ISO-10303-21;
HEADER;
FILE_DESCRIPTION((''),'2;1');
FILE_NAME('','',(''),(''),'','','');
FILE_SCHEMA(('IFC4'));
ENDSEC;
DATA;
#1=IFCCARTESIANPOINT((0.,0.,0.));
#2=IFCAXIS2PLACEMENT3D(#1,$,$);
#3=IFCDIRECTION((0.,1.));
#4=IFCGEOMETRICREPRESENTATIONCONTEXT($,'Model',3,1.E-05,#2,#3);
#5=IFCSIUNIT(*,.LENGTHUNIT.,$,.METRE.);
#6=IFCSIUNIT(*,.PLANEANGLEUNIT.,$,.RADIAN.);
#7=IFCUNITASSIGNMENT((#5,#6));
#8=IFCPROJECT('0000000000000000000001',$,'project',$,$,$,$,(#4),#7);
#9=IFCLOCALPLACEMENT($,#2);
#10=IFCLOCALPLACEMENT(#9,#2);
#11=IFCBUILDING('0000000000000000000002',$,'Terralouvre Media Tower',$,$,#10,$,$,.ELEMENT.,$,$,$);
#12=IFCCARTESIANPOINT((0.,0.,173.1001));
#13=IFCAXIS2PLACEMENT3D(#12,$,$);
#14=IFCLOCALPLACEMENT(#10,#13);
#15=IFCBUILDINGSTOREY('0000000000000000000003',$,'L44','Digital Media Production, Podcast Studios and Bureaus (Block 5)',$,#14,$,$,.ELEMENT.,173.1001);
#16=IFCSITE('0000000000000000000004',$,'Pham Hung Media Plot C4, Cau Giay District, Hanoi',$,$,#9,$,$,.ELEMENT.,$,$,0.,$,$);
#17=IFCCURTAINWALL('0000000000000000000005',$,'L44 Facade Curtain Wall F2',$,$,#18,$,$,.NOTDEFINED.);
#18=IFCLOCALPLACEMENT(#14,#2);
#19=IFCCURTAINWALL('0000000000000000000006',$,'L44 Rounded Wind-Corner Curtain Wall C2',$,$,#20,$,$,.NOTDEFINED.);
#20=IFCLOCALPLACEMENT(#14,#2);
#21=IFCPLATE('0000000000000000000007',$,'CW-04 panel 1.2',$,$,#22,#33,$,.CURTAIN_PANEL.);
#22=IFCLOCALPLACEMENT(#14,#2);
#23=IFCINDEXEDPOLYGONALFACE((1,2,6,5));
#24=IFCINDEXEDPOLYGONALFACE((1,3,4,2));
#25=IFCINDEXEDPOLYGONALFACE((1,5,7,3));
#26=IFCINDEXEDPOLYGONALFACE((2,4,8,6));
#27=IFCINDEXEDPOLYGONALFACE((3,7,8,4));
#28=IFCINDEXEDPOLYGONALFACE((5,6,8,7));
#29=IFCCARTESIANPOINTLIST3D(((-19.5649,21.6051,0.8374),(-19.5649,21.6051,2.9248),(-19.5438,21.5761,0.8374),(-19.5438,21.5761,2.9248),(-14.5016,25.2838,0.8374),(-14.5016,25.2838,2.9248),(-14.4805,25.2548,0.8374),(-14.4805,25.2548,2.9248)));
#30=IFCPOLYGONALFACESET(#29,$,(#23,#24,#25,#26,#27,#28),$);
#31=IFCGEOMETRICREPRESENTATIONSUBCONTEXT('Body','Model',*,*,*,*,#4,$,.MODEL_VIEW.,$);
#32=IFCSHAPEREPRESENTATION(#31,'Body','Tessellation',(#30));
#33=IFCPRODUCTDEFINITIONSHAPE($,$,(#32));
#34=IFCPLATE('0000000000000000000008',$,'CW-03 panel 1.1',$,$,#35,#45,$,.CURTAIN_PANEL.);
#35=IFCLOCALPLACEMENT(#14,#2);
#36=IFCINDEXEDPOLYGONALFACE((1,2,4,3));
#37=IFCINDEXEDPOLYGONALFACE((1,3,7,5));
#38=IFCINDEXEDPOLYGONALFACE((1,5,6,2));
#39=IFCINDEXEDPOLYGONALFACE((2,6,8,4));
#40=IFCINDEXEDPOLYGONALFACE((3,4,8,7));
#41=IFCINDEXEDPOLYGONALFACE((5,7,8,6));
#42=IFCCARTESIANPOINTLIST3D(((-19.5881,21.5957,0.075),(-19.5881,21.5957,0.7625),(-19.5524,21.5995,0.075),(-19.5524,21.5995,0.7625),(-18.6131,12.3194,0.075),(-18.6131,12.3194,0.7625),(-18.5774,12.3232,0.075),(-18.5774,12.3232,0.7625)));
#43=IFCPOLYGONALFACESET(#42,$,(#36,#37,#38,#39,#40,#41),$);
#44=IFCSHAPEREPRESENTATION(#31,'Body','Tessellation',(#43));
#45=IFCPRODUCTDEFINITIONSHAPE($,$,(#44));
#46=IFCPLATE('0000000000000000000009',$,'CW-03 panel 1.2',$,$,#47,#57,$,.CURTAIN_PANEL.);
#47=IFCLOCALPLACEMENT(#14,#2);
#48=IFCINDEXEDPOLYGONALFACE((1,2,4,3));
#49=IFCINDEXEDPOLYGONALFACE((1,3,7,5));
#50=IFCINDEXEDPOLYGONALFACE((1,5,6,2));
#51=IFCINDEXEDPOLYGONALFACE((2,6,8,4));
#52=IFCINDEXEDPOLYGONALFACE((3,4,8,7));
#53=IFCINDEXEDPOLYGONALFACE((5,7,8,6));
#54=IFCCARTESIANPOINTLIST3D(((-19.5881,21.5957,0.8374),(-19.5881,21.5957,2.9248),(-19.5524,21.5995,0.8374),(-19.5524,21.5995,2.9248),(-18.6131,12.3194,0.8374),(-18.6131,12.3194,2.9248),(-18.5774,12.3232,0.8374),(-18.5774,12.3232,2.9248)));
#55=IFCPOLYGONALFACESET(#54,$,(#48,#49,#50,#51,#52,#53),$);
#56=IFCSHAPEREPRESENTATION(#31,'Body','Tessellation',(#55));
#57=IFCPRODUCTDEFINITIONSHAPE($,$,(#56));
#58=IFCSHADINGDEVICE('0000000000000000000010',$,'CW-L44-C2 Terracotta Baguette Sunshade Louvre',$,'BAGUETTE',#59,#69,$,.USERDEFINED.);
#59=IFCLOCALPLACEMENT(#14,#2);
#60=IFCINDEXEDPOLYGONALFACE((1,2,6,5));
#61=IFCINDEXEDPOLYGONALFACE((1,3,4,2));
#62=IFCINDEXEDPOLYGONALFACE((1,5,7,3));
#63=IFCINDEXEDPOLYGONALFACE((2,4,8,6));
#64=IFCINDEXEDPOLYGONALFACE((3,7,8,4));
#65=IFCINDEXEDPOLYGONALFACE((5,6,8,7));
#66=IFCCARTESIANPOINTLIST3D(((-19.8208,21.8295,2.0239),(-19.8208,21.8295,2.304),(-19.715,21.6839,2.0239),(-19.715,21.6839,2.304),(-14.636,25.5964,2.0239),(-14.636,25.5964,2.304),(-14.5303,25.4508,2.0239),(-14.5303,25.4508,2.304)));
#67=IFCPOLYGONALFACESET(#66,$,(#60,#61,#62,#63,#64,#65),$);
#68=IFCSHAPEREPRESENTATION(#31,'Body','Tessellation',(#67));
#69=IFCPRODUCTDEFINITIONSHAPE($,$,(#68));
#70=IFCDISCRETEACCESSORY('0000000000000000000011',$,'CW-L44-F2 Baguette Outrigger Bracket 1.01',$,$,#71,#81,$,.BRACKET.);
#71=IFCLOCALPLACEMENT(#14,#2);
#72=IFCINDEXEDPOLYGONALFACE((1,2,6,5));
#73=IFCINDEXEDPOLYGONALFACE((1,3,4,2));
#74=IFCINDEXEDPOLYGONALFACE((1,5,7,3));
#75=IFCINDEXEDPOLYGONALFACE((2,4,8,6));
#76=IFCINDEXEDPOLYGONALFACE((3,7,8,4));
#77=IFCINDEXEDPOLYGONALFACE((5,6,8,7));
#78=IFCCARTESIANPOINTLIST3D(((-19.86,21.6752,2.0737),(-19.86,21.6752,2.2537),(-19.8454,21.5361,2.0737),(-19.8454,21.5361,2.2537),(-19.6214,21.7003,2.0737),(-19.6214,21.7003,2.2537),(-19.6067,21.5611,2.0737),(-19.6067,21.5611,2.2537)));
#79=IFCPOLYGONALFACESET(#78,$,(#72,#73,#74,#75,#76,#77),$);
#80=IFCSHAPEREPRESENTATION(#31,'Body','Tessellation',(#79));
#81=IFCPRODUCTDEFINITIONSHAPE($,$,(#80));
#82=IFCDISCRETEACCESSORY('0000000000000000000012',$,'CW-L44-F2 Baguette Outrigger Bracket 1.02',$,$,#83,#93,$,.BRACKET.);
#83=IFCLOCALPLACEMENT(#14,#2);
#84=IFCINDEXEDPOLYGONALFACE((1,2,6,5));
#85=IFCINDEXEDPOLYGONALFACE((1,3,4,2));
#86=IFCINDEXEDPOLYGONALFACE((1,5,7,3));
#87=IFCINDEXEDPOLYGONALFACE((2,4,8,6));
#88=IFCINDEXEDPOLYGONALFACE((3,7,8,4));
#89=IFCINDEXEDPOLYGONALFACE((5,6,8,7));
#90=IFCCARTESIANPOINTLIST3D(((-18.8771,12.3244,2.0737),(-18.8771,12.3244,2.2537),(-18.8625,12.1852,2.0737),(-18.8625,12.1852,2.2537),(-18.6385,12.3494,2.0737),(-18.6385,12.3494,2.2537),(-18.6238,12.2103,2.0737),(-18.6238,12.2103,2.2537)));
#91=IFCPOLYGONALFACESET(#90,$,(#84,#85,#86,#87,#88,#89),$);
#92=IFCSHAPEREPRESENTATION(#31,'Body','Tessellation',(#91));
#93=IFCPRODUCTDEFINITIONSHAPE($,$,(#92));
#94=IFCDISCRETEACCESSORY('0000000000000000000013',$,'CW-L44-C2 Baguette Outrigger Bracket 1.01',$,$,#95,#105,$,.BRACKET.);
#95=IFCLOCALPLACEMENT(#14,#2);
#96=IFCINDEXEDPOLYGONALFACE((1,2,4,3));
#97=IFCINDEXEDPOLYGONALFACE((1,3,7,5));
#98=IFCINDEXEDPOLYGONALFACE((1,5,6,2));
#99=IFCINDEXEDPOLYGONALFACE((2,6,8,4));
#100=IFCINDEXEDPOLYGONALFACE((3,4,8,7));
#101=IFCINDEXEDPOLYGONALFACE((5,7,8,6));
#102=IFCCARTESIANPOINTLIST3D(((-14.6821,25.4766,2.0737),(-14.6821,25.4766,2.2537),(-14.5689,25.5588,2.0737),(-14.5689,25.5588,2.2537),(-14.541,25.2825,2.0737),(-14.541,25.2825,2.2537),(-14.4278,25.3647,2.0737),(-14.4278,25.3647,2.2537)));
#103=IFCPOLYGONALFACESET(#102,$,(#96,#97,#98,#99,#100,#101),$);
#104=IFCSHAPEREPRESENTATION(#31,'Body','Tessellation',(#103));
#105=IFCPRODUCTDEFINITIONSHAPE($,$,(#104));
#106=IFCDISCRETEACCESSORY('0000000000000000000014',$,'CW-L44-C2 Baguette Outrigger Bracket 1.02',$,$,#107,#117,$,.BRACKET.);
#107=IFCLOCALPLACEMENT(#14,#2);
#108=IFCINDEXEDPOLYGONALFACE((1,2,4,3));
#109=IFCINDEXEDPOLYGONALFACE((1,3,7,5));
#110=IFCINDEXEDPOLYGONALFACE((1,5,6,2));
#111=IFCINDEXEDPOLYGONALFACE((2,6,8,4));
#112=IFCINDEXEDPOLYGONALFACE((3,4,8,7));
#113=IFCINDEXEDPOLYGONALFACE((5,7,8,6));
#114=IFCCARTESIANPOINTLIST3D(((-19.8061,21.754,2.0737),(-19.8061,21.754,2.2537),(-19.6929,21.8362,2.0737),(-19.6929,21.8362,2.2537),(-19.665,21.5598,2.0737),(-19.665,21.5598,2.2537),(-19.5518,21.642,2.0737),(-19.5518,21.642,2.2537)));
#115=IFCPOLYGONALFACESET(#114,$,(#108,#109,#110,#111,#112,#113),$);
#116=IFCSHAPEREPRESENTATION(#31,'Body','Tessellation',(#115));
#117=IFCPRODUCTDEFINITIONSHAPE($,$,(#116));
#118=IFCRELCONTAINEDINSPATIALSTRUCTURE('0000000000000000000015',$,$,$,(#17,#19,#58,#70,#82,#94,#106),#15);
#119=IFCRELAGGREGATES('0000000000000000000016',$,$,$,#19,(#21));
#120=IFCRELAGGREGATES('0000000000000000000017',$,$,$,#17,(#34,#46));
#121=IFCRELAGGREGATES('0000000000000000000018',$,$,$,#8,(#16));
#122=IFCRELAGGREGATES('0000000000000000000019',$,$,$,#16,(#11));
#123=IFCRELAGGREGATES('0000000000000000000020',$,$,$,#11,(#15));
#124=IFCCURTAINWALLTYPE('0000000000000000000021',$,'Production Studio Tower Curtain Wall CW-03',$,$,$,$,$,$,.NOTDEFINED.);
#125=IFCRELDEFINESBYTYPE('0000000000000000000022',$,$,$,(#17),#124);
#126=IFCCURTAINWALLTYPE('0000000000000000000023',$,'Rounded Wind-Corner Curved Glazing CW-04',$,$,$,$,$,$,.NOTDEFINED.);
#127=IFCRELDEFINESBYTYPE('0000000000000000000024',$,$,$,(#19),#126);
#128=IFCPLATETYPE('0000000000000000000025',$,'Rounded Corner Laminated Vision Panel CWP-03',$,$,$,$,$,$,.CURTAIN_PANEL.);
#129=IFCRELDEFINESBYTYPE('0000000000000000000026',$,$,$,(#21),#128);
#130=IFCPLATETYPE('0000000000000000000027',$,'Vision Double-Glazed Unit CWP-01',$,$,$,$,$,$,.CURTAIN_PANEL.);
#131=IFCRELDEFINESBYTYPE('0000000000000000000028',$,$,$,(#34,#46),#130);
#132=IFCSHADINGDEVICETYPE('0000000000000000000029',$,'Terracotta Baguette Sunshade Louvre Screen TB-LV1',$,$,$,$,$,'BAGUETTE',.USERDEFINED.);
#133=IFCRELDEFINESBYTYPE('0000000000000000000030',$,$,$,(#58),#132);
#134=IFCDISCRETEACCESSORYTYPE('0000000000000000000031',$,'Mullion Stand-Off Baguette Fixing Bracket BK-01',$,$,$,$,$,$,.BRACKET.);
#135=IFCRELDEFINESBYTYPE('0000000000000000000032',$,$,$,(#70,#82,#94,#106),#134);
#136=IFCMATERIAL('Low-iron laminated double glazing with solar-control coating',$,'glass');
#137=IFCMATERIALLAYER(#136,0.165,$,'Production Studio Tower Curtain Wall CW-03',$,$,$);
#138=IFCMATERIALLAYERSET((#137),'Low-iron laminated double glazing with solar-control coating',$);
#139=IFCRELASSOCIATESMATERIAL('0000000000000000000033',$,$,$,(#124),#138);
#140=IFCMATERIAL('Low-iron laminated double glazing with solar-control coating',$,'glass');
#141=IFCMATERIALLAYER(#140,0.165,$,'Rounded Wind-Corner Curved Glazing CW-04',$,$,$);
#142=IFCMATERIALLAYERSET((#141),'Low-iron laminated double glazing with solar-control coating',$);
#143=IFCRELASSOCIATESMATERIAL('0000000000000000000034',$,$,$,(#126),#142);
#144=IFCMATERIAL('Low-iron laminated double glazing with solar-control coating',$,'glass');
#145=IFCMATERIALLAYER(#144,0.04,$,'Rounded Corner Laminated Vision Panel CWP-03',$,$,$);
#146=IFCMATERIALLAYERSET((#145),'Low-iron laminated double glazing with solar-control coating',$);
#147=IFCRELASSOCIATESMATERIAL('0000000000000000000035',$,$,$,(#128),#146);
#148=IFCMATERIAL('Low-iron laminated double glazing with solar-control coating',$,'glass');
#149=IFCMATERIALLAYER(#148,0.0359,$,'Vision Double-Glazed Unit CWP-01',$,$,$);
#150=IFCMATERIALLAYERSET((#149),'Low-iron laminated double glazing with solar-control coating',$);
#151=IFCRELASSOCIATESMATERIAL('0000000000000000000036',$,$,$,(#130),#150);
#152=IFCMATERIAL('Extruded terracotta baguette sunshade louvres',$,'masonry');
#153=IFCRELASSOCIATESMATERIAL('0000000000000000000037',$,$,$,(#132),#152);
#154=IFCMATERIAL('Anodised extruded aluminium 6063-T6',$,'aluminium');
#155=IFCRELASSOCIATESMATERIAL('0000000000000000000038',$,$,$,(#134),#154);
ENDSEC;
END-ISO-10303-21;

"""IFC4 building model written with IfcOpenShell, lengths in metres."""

from ifc_helpers import new_model, si_unit, direction, frame, origin, origin_2d, place, context, subcontext, project, spatial, rectangle, extrude, material, layer, layer_set, type_object, element, aggregate, save


model = new_model("IFC4")

# Units and contexts
model_context = context("Model", 3, precision=1e-05, world=origin(), true_north=direction((0.0, 1.0)))
body_context = subcontext(model_context, "Body", "Model", "MODEL_VIEW")
ifc_project = project(units=[si_unit("LENGTHUNIT", "METRE"), si_unit("PLANEANGLEUNIT", "RADIAN")], contexts=[model_context])

# Site, building, storey
site_placement = place(None, origin())
site = spatial("IfcSite", under=ifc_project, at=site_placement, Name="Pham Hung Media Plot C4, Cau Giay District, Hanoi", CompositionType="ELEMENT", RefElevation=0.0)
building_placement = place(site_placement, origin())
building = spatial("IfcBuilding", under=site, at=building_placement, Name="Terralouvre Media Tower", CompositionType="ELEMENT")
storey_placement = place(building_placement, frame((0.0, 0.0, 173.1001)))
storey = spatial("IfcBuildingStorey", under=building, at=storey_placement, Name="L44", Description="Digital Media Production, Podcast Studios and Bureaus (Block 5)", CompositionType="ELEMENT", Elevation=173.1001)

# Curtain wall
ifc_material_1 = material(Name="Low-iron laminated double glazing with solar-control coating", Category="glass")
ifc_layer_1 = layer(ifc_material_1, 0.165, Name="Production Studio Tower Curtain Wall CW-03")
ifc_layer_set_1 = layer_set([ifc_layer_1], Name="Low-iron laminated double glazing with solar-control coating")
curtain_wall_type_1 = type_object("IfcCurtainWallType", Name="Production Studio Tower Curtain Wall CW-03", PredefinedType="NOTDEFINED", material=ifc_layer_set_1)
curtain_wall_1_placement = place(storey_placement, origin())
curtain_wall_1 = element("IfcCurtainWall", 1, at=curtain_wall_1_placement, inside=storey, type_object=curtain_wall_type_1, Name="L44 Facade Curtain Wall F2", PredefinedType="NOTDEFINED")

# Curtain wall
ifc_material_2 = material(Name="Low-iron laminated double glazing with solar-control coating", Category="glass")
ifc_layer_2 = layer(ifc_material_2, 0.165, Name="Rounded Wind-Corner Curved Glazing CW-04")
ifc_layer_set_2 = layer_set([ifc_layer_2], Name="Low-iron laminated double glazing with solar-control coating")
curtain_wall_type_2 = type_object("IfcCurtainWallType", Name="Rounded Wind-Corner Curved Glazing CW-04", PredefinedType="NOTDEFINED", material=ifc_layer_set_2)
curtain_wall_2_placement = place(storey_placement, origin())
curtain_wall_2 = element("IfcCurtainWall", 2, at=curtain_wall_2_placement, inside=storey, type_object=curtain_wall_type_2, Name="L44 Rounded Wind-Corner Curtain Wall C2", PredefinedType="NOTDEFINED")

# Plates
ifc_material_3 = material(Name="Low-iron laminated double glazing with solar-control coating", Category="glass")
ifc_layer_3 = layer(ifc_material_3, 0.04, Name="Rounded Corner Laminated Vision Panel CWP-03")
ifc_layer_set_3 = layer_set([ifc_layer_3], Name="Low-iron laminated double glazing with solar-control coating")
plate_type_1 = type_object("IfcPlateType", Name="Rounded Corner Laminated Vision Panel CWP-03", PredefinedType="CURTAIN_PANEL", material=ifc_layer_set_3)
plate_1_placement = place(storey_placement, frame((-17.0227, 23.4299, 0.8374), z_axis=(0.0, 0.0, 1.0), x_axis=(-0.809017, -0.587785, 0.0)))
plate_1 = element("IfcPlate", 3, at=plate_1_placement, type_object=plate_type_1, Name="CW-04 panel 1.2", PredefinedType="CURTAIN_PANEL", context=body_context, shape_type="SweptSolid", body=[
    extrude(rectangle(XDim=6.2585, YDim=0.0359, at=origin_2d()), origin(), (0.0, 0.0, 1.0), 2.0874),
])
aggregate(curtain_wall_2, [plate_1])
ifc_material_4 = material(Name="Low-iron laminated double glazing with solar-control coating", Category="glass")
ifc_layer_4 = layer(ifc_material_4, 0.0359, Name="Vision Double-Glazed Unit CWP-01")
ifc_layer_set_4 = layer_set([ifc_layer_4], Name="Low-iron laminated double glazing with solar-control coating")
plate_type_2 = type_object("IfcPlateType", Name="Vision Double-Glazed Unit CWP-01", PredefinedType="CURTAIN_PANEL", material=ifc_layer_set_4)
plate_2_placement = place(storey_placement, frame((-19.0828, 16.9595, 0.075), z_axis=(0.0, 0.0, 1.0), x_axis=(0.104528, -0.994522, 0.0)))
plate_2 = element("IfcPlate", 4, at=plate_2_placement, type_object=plate_type_2, Name="CW-03 panel 1.1", PredefinedType="CURTAIN_PANEL", context=body_context, shape_type="SweptSolid", body=[
    extrude(rectangle(XDim=9.3274, YDim=0.0359, at=origin_2d()), origin(), (0.0, 0.0, 1.0), 0.6875),
])
plate_3_placement = place(storey_placement, frame((-19.0828, 16.9595, 0.8374), z_axis=(0.0, 0.0, 1.0), x_axis=(0.104528, -0.994522, 0.0)))
plate_3 = element("IfcPlate", 5, at=plate_3_placement, type_object=plate_type_2, Name="CW-03 panel 1.2", PredefinedType="CURTAIN_PANEL", context=body_context, shape_type="SweptSolid", body=[
    extrude(rectangle(XDim=9.3274, YDim=0.0359, at=origin_2d()), origin(), (0.0, 0.0, 1.0), 2.0874),
])
aggregate(curtain_wall_1, [plate_2, plate_3])

# Shading device
ifc_material_5 = material(Name="Extruded terracotta baguette sunshade louvres", Category="masonry")
shading_device_type = type_object("IfcShadingDeviceType", Name="Terracotta Baguette Sunshade Louvre Screen TB-LV1", ElementType="BAGUETTE", PredefinedType="USERDEFINED", material=ifc_material_5)
shading_device_placement = place(storey_placement, frame((-17.1755, 23.6401, 2.0239), z_axis=(0.0, 0.0, 1.0), x_axis=(-0.809017, -0.587785, 0.0)))
element("IfcShadingDevice", 6, at=shading_device_placement, inside=storey, type_object=shading_device_type, Name="CW-L44-C2 Terracotta Baguette Sunshade Louvre", ObjectType="BAGUETTE", PredefinedType="USERDEFINED", context=body_context, shape_type="SweptSolid", body=[
    extrude(rectangle(XDim=6.4087, YDim=0.1799, at=origin_2d()), origin(), (0.0, 0.0, 1.0), 0.28),
])

# Discrete accessories
ifc_material_6 = material(Name="Anodised extruded aluminium 6063-T6", Category="aluminium")
discrete_accessory_type = type_object("IfcDiscreteAccessoryType", Name="Mullion Stand-Off Baguette Fixing Bracket BK-01", PredefinedType="BRACKET", material=ifc_material_6)
for number, where, z_axis, x_axis, name in (
    (7, (-19.7334, 21.6182, 2.0737), (0.0, 0.0, 1.0), (0.104528, -0.994522, 0.0), "CW-L44-F2 Baguette Outrigger Bracket 1.01"),
    (8, (-18.7505, 12.2673, 2.0737), (0.0, 0.0, 1.0), (0.104528, -0.994522, 0.0), "CW-L44-F2 Baguette Outrigger Bracket 1.02"),
    (9, (-14.5549, 25.4207, 2.0737), (0.0, 0.0, 1.0), (-0.809017, -0.587785, 0.0), "CW-L44-C2 Baguette Outrigger Bracket 1.01"),
    (10, (-19.679, 21.698, 2.0737), (0.0, 0.0, 1.0), (-0.809017, -0.587785, 0.0), "CW-L44-C2 Baguette Outrigger Bracket 1.02"),
):
    element("IfcDiscreteAccessory", number, at=place(storey_placement, frame(where, z_axis=z_axis, x_axis=x_axis)), inside=storey, type_object=discrete_accessory_type, Name=name, PredefinedType="BRACKET", context=body_context, shape_type="SweptSolid", body=[
        extrude(rectangle(XDim=0.1399, YDim=0.24, at=origin_2d()), origin(), (0.0, 0.0, 1.0), 0.1799),
    ])

save(model, "model.ifc")
